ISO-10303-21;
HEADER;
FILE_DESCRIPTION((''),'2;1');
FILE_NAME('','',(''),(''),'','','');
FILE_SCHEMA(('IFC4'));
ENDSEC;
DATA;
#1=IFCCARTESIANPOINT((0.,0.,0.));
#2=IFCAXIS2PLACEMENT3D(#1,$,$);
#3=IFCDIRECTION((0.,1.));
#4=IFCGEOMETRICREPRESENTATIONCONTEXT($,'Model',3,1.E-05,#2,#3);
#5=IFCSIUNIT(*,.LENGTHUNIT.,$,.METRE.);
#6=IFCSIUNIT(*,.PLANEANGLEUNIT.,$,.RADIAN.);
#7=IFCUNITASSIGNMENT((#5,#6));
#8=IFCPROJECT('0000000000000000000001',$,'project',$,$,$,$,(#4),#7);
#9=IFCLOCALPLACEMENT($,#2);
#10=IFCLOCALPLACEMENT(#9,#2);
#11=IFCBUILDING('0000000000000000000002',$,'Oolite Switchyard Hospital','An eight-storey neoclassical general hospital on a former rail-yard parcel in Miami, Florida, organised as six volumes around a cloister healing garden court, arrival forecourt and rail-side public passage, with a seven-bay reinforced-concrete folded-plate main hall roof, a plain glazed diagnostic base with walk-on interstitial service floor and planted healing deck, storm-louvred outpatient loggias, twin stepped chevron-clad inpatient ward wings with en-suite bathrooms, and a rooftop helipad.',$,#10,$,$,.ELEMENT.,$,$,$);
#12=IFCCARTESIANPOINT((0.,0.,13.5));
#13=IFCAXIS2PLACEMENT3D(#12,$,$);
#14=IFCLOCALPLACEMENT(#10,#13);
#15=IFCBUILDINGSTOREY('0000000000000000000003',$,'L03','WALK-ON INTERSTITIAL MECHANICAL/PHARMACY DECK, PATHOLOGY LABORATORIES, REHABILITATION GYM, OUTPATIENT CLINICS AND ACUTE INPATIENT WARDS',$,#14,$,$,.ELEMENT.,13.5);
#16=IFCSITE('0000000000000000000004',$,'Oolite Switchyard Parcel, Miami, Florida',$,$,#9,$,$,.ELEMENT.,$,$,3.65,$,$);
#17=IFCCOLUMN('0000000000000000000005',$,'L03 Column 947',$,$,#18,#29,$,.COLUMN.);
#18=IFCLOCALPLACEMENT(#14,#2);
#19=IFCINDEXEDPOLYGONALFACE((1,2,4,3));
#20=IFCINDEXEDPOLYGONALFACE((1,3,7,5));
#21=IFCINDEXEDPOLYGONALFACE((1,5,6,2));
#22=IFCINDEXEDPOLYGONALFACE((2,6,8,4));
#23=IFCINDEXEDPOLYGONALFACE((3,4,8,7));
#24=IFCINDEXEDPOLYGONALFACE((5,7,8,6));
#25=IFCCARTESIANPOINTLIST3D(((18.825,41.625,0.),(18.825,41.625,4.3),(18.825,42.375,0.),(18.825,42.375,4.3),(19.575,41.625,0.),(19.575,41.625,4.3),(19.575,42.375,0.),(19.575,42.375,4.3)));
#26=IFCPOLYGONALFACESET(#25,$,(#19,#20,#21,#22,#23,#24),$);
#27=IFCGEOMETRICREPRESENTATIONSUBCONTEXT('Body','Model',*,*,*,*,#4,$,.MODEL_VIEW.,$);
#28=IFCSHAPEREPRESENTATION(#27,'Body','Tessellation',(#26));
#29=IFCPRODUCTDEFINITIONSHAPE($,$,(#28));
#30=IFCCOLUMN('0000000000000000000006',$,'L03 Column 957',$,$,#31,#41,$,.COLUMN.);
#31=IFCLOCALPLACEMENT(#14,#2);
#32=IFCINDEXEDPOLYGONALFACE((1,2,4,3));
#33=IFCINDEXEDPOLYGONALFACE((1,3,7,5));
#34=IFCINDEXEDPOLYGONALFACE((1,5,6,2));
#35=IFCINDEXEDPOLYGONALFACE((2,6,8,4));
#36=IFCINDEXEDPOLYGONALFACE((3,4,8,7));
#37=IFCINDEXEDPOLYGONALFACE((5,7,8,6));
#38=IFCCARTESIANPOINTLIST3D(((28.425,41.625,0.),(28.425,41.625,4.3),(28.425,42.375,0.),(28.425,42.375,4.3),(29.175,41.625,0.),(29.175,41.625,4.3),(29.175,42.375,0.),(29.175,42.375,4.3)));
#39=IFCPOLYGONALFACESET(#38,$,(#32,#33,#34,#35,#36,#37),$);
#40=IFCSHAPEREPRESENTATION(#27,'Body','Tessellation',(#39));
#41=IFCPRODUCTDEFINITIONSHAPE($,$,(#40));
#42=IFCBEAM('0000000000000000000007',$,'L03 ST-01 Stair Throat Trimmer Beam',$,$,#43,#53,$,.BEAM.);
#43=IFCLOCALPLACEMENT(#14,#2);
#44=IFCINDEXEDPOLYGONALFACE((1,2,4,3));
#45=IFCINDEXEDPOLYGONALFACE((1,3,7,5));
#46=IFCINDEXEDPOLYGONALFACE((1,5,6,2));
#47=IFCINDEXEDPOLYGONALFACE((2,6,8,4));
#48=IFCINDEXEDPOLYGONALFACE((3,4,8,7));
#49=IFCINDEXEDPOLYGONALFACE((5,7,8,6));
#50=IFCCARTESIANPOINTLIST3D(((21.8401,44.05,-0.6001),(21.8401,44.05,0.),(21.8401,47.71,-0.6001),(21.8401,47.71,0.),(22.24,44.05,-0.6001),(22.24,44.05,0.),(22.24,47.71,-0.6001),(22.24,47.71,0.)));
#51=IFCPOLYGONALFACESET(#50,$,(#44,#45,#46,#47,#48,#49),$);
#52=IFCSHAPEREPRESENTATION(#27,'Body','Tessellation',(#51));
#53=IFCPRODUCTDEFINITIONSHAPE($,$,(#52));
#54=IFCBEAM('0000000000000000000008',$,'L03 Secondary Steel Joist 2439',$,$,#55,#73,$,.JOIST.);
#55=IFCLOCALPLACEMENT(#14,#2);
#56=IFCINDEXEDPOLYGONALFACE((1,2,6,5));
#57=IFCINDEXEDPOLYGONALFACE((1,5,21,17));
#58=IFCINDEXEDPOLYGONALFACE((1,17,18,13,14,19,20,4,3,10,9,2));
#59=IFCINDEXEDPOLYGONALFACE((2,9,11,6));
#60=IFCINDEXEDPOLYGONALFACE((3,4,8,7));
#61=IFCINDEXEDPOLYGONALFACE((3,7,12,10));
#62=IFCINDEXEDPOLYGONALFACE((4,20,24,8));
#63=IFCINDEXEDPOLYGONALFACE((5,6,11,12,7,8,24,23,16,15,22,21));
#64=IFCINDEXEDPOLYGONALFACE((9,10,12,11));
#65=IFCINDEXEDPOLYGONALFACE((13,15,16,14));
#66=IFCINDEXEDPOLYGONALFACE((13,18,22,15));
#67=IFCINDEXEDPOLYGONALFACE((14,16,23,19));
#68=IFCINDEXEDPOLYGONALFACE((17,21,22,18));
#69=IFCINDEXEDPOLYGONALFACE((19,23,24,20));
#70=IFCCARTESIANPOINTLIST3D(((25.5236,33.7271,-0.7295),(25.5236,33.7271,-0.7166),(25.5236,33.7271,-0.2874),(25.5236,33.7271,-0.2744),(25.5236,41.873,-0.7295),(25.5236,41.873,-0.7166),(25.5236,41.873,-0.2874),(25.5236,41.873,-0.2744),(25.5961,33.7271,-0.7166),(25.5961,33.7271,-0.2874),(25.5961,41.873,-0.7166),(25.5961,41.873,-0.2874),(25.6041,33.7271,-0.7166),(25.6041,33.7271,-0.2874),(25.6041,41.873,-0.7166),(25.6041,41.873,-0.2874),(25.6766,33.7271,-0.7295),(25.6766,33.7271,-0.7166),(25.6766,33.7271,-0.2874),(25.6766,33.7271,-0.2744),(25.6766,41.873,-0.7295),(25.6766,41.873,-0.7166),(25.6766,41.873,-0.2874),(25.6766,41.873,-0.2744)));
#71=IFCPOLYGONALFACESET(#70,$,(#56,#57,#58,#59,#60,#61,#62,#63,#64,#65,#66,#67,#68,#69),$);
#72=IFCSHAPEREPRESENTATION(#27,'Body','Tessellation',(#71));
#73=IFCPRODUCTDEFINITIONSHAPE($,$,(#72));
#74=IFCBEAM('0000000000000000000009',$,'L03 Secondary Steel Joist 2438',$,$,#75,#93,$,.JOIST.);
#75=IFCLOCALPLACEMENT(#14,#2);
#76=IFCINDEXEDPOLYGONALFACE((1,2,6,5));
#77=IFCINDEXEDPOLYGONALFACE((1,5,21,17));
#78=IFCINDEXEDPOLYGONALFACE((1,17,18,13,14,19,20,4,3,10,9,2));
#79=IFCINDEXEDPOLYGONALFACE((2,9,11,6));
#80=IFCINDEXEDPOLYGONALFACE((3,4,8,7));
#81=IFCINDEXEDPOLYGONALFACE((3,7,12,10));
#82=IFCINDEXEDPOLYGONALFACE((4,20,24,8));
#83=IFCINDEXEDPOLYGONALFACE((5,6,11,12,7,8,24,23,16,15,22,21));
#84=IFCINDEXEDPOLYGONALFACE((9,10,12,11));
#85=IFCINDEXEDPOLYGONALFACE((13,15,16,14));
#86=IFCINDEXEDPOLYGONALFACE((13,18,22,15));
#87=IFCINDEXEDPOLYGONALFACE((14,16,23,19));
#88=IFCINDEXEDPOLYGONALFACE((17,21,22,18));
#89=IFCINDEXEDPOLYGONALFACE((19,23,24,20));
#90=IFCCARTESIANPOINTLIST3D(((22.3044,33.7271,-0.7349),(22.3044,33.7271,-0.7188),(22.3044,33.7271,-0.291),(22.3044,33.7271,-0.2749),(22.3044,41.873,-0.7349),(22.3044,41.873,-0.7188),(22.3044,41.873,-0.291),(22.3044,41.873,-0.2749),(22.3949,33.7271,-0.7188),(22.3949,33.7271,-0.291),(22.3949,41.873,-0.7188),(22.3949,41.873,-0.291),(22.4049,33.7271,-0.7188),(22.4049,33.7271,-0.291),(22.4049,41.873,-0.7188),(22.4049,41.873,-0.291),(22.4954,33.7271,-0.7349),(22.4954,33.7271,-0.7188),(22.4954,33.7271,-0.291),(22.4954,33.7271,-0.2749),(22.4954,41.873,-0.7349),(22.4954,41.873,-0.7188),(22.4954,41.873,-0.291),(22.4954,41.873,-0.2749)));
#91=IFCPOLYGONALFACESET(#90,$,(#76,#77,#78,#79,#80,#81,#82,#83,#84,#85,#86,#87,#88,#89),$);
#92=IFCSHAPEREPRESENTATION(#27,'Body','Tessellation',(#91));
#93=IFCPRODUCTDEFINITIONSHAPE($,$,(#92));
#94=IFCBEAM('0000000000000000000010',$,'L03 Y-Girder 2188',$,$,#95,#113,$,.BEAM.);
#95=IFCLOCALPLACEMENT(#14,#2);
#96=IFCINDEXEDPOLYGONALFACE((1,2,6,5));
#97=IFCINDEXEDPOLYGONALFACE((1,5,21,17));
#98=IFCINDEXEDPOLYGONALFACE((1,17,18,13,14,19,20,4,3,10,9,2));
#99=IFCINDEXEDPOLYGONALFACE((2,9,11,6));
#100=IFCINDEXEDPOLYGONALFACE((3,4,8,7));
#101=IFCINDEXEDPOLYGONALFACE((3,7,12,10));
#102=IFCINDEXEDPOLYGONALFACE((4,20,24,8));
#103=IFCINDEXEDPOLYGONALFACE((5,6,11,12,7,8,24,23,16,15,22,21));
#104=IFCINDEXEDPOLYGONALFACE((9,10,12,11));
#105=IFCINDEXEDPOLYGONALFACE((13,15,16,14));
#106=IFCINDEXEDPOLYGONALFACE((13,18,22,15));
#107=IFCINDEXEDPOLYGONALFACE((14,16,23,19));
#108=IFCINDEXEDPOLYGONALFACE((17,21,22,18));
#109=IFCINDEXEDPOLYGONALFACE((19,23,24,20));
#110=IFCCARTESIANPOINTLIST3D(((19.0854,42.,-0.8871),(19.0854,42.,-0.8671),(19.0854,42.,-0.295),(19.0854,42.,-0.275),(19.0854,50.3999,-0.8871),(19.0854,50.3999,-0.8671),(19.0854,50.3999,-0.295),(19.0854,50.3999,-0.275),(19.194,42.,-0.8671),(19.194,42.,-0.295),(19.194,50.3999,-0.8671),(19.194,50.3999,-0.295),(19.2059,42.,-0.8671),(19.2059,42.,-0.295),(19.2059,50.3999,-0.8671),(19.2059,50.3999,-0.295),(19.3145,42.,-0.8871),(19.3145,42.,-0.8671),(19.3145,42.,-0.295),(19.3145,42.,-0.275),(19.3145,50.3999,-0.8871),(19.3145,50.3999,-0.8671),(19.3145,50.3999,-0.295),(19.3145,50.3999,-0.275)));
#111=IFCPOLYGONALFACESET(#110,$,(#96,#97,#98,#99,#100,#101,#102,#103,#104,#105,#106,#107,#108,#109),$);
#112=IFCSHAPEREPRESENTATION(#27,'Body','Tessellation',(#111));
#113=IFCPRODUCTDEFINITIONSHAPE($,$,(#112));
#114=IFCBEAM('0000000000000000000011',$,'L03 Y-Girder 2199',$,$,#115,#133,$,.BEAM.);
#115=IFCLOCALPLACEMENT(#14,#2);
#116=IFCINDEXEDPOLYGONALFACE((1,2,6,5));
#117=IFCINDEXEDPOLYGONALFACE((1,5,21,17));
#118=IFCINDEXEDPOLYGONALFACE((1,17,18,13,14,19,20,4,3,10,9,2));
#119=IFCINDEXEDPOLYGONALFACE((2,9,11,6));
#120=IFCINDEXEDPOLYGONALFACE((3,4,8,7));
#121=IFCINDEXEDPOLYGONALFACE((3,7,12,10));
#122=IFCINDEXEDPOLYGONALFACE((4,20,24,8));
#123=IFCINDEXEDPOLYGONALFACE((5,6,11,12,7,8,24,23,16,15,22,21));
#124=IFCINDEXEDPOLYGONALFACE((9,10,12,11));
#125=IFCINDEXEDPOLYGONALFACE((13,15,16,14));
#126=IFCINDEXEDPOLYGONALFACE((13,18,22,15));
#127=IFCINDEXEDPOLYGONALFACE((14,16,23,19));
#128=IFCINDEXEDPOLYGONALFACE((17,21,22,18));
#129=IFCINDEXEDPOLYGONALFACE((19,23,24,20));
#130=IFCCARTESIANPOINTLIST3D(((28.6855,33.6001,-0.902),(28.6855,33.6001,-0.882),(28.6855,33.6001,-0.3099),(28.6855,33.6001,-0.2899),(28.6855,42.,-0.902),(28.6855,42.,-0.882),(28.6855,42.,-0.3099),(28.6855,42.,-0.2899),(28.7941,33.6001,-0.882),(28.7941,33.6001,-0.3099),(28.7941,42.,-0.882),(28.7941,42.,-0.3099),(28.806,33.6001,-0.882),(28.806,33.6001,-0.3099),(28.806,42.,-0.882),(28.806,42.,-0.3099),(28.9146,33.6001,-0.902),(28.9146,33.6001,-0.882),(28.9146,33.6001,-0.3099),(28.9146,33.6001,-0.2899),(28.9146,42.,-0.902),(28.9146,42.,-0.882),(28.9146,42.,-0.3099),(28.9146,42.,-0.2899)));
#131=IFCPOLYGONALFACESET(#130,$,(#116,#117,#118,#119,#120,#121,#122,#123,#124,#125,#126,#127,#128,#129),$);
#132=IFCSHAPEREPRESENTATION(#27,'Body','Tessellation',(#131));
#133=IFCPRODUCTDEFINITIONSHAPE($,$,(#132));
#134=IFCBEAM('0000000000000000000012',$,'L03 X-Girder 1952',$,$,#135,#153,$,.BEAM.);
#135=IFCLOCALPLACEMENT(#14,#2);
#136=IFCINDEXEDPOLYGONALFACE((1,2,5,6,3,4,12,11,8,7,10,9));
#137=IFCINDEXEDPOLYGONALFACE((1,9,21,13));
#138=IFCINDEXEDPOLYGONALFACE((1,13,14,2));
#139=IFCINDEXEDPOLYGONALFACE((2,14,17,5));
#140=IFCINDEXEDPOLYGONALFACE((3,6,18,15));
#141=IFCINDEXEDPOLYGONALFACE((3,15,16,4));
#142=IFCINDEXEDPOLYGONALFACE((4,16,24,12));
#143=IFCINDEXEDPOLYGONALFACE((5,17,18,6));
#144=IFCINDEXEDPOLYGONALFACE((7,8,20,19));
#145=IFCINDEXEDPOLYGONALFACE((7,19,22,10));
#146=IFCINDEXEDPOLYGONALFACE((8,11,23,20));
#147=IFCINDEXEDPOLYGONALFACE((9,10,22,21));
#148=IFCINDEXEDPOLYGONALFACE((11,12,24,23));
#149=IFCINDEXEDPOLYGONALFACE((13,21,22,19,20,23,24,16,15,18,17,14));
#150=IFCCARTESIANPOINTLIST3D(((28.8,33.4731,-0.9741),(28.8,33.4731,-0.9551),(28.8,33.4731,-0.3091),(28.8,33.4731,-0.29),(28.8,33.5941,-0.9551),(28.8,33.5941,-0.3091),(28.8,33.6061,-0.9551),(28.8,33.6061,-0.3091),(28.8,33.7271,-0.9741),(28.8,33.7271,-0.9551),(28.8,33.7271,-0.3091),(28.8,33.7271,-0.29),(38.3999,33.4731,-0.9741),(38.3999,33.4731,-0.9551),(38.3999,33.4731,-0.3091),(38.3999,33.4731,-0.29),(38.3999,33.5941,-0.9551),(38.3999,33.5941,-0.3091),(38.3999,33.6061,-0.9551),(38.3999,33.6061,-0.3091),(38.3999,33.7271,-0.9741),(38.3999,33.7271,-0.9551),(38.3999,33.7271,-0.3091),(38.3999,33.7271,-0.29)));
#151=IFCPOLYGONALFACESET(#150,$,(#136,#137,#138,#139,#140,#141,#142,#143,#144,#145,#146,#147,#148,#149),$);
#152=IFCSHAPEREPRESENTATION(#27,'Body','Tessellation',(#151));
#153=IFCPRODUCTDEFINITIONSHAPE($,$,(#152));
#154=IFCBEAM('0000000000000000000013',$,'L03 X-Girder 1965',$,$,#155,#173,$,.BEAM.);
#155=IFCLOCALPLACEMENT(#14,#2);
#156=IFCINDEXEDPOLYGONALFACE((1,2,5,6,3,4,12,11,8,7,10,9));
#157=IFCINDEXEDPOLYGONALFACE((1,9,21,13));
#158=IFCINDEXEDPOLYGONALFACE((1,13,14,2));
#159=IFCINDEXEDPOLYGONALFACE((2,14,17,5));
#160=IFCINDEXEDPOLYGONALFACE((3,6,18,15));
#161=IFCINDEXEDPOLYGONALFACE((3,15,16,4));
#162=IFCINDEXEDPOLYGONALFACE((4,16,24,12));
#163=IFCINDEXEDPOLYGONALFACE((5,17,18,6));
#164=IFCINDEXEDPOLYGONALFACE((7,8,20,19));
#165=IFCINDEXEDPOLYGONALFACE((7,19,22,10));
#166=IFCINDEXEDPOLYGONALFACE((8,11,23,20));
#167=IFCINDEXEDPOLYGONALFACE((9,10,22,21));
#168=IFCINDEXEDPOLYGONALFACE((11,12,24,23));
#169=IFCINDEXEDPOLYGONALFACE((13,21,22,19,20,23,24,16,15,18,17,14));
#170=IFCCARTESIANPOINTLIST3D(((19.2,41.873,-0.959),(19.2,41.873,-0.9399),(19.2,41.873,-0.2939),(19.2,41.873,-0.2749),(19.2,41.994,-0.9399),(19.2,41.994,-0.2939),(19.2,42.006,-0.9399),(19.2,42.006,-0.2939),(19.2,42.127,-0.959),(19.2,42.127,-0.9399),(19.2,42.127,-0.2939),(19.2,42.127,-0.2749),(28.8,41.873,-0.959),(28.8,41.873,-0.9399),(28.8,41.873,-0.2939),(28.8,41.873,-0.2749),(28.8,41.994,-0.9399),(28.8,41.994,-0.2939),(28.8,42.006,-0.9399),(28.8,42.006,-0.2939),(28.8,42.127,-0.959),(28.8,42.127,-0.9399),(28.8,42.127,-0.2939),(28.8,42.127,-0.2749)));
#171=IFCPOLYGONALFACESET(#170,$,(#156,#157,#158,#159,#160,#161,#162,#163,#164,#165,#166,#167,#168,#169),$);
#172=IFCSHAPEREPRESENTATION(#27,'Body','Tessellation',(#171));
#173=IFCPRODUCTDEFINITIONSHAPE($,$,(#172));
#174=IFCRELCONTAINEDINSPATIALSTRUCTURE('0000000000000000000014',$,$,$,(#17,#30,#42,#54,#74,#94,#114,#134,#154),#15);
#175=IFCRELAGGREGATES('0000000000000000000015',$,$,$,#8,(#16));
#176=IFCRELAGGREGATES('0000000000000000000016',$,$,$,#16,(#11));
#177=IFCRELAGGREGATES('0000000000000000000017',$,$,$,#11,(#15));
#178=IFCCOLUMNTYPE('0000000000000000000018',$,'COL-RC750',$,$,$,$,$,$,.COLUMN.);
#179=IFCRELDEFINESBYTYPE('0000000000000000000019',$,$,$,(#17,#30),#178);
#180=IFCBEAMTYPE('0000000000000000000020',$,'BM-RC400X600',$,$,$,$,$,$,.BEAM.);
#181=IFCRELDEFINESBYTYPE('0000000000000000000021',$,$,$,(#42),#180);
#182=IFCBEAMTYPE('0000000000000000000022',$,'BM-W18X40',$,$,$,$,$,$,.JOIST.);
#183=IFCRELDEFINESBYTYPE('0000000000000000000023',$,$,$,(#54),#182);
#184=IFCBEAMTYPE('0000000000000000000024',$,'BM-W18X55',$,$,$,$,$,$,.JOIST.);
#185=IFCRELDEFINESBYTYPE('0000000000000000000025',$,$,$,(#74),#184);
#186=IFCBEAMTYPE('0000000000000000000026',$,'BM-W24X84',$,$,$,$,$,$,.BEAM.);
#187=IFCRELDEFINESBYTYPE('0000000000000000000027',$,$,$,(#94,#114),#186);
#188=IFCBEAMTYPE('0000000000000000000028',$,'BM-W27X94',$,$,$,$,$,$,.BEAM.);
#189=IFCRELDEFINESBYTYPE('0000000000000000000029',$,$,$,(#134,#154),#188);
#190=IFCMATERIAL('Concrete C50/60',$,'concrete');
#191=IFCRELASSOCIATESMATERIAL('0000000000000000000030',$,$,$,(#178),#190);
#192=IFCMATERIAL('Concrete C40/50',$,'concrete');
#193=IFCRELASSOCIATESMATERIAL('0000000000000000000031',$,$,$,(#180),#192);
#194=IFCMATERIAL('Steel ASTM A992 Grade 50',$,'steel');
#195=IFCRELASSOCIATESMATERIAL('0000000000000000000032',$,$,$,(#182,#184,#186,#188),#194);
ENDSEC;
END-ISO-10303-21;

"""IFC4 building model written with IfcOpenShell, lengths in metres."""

from ifc_helpers import new_model, si_unit, direction, frame, origin, origin_2d, place, context, subcontext, project, spatial, rectangle, i_section, extrude, material, material_profile, profile_set, type_object, element, save


model = new_model("IFC4")

# Units and contexts
model_context = context("Model", 3, precision=1e-05, world=origin(), true_north=direction((0.0, 1.0)))
body_context = subcontext(model_context, "Body", "Model", "MODEL_VIEW")
ifc_project = project(units=[si_unit("LENGTHUNIT", "METRE"), si_unit("PLANEANGLEUNIT", "RADIAN")], contexts=[model_context])

# Site, building, storey
site_placement = place(None, origin())
site = spatial("IfcSite", under=ifc_project, at=site_placement, Name="Oolite Switchyard Parcel, Miami, Florida", CompositionType="ELEMENT", RefElevation=3.65)
building_placement = place(site_placement, origin())
building = spatial("IfcBuilding", under=site, at=building_placement, Name="Oolite Switchyard Hospital", Description="An eight-storey neoclassical general hospital on a former rail-yard parcel in Miami, Florida, organised as six volumes around a cloister healing garden court, arrival forecourt and rail-side public passage, with a seven-bay reinforced-concrete folded-plate main hall roof, a plain glazed diagnostic base with walk-on interstitial service floor and planted healing deck, storm-louvred outpatient loggias, twin stepped chevron-clad inpatient ward wings with en-suite bathrooms, and a rooftop helipad.", CompositionType="ELEMENT")
storey_placement = place(building_placement, frame((0.0, 0.0, 13.5)))
storey = spatial("IfcBuildingStorey", under=building, at=storey_placement, Name="L03", Description="WALK-ON INTERSTITIAL MECHANICAL/PHARMACY DECK, PATHOLOGY LABORATORIES, REHABILITATION GYM, OUTPATIENT CLINICS AND ACUTE INPATIENT WARDS", CompositionType="ELEMENT", Elevation=13.5)

# Columns
ifc_material_1 = material(Name="Concrete C50/60", Category="concrete")
ifc_material_profile_1 = material_profile(ifc_material_1, rectangle(XDim=0.75, YDim=0.75, at=origin_2d()), Name="RC750X750")
ifc_profile_set_1 = profile_set([ifc_material_profile_1], Name="Concrete C50/60")
column_type = type_object("IfcColumnType", Name="COL-RC750", PredefinedType="COLUMN", material=ifc_profile_set_1)
for number, where, z_axis, x_axis, name in (
    (1, (19.2, 42.0, 0.0), (0.0, 0.0, 1.0), (1.0, 0.0, 0.0), "L03 Column 947"),
    (2, (28.8, 42.0, 0.0), (0.0, 0.0, 1.0), (1.0, 0.0, 0.0), "L03 Column 957"),
):
    element("IfcColumn", number, at=place(storey_placement, frame(where, z_axis=z_axis, x_axis=x_axis)), inside=storey, type_object=column_type, Name=name, PredefinedType="COLUMN", context=body_context, shape_type="SweptSolid", body=[
        extrude(rectangle(XDim=0.75, YDim=0.75, at=origin_2d()), origin(), (0.0, 0.0, 1.0), 4.3),
    ])

# Beams
ifc_material_2 = material(Name="Concrete C40/50", Category="concrete")
ifc_material_profile_2 = material_profile(ifc_material_2, rectangle(XDim=0.3999, YDim=0.6001, at=origin_2d()), Name="RCB400X600")
ifc_profile_set_2 = profile_set([ifc_material_profile_2], Name="Concrete C40/50")
beam_type_1 = type_object("IfcBeamType", Name="BM-RC400X600", PredefinedType="BEAM", material=ifc_profile_set_2)
beam_1_placement = place(storey_placement, frame((22.04, 44.05, -0.3), z_axis=(0.0, 1.0, 0.0), x_axis=(-1.0, 0.0, 0.0)))
element("IfcBeam", 3, at=beam_1_placement, inside=storey, type_object=beam_type_1, Name="L03 ST-01 Stair Throat Trimmer Beam", PredefinedType="BEAM", context=body_context, shape_type="SweptSolid", body=[
    extrude(rectangle(XDim=0.3999, YDim=0.6001, at=origin_2d()), origin(), (0.0, 0.0, 1.0), 3.6599),
])
ifc_material_3 = material(Name="Steel ASTM A992 Grade 50", Category="steel")
ifc_material_profile_3 = material_profile(ifc_material_3, i_section(OverallWidth=0.1531, OverallDepth=0.4551, WebThickness=0.0081, FlangeThickness=0.0129, at=origin_2d()), Name="W18X40")
ifc_profile_set_3 = profile_set([ifc_material_profile_3], Name="Steel ASTM A992 Grade 50")
beam_type_2 = type_object("IfcBeamType", Name="BM-W18X40", PredefinedType="JOIST", material=ifc_profile_set_3)
beam_2_placement = place(storey_placement, frame((25.6001, 33.7271, -0.502), z_axis=(0.0, 1.0, 0.0), x_axis=(-1.0, 0.0, 0.0)))
element("IfcBeam", 4, at=beam_2_placement, inside=storey, type_object=beam_type_2, Name="L03 Secondary Steel Joist 2439", PredefinedType="JOIST", context=body_context, shape_type="SweptSolid", body=[
    extrude(i_section(OverallWidth=0.1531, OverallDepth=0.4551, WebThickness=0.0081, FlangeThickness=0.0129, at=origin_2d()), origin(), (0.0, 0.0, 1.0), 8.146),
])
ifc_material_profile_4 = material_profile(ifc_material_3, i_section(OverallWidth=0.1909, OverallDepth=0.46, WebThickness=0.01, FlangeThickness=0.0161, at=origin_2d()), Name="W18X55")
ifc_profile_set_4 = profile_set([ifc_material_profile_4], Name="Steel ASTM A992 Grade 50")
beam_type_3 = type_object("IfcBeamType", Name="BM-W18X55", PredefinedType="JOIST", material=ifc_profile_set_4)
beam_3_placement = place(storey_placement, frame((22.3999, 33.7271, -0.5049), z_axis=(0.0, 1.0, 0.0), x_axis=(-1.0, 0.0, 0.0)))
element("IfcBeam", 5, at=beam_3_placement, inside=storey, type_object=beam_type_3, Name="L03 Secondary Steel Joist 2438", PredefinedType="JOIST", context=body_context, shape_type="SweptSolid", body=[
    extrude(i_section(OverallWidth=0.1909, OverallDepth=0.46, WebThickness=0.01, FlangeThickness=0.0161, at=origin_2d()), origin(), (0.0, 0.0, 1.0), 8.146),
])
ifc_material_profile_5 = material_profile(ifc_material_3, i_section(OverallWidth=0.229, OverallDepth=0.6121, WebThickness=0.012, FlangeThickness=0.02, at=origin_2d()), Name="W24X84")
ifc_profile_set_5 = profile_set([ifc_material_profile_5], Name="Steel ASTM A992 Grade 50")
beam_type_4 = type_object("IfcBeamType", Name="BM-W24X84", PredefinedType="BEAM", material=ifc_profile_set_5)
for number, where, z_axis, x_axis, name in (
    (6, (19.2, 42.0, -0.5811), (0.0, 1.0, 0.0), (-1.0, 0.0, 0.0), "L03 Y-Girder 2188"),
    (7, (28.8, 33.6001, -0.5959), (0.0, 1.0, 0.0), (-1.0, 0.0, 0.0), "L03 Y-Girder 2199"),
):
    element("IfcBeam", number, at=place(storey_placement, frame(where, z_axis=z_axis, x_axis=x_axis)), inside=storey, type_object=beam_type_4, Name=name, PredefinedType="BEAM", context=body_context, shape_type="SweptSolid", body=[
        extrude(i_section(OverallWidth=0.229, OverallDepth=0.6121, WebThickness=0.012, FlangeThickness=0.02, at=origin_2d()), origin(), (0.0, 0.0, 1.0), 8.3999),
    ])
ifc_material_profile_6 = material_profile(ifc_material_3, i_section(OverallWidth=0.2539, OverallDepth=0.6841, WebThickness=0.012, FlangeThickness=0.019, at=origin_2d()), Name="W27X94")
ifc_profile_set_6 = profile_set([ifc_material_profile_6], Name="Steel ASTM A992 Grade 50")
beam_type_5 = type_object("IfcBeamType", Name="BM-W27X94", PredefinedType="BEAM", material=ifc_profile_set_6)
beam_4_placement = place(storey_placement, frame((28.8, 33.6001, -0.6321), z_axis=(1.0, 0.0, 0.0), x_axis=(0.0, 1.0, 0.0)))
element("IfcBeam", 8, at=beam_4_placement, inside=storey, type_object=beam_type_5, Name="L03 X-Girder 1952", PredefinedType="BEAM", context=body_context, shape_type="SweptSolid", body=[
    extrude(i_section(OverallWidth=0.2539, OverallDepth=0.6841, WebThickness=0.012, FlangeThickness=0.019, at=origin_2d()), origin(), (0.0, 0.0, 1.0), 9.5999),
])
beam_5_placement = place(storey_placement, frame((19.2, 42.0, -0.6169), z_axis=(1.0, 0.0, 0.0), x_axis=(0.0, 1.0, 0.0)))
element("IfcBeam", 9, at=beam_5_placement, inside=storey, type_object=beam_type_5, Name="L03 X-Girder 1965", PredefinedType="BEAM", context=body_context, shape_type="SweptSolid", body=[
    extrude(i_section(OverallWidth=0.2539, OverallDepth=0.6841, WebThickness=0.012, FlangeThickness=0.019, at=origin_2d()), origin(), (0.0, 0.0, 1.0), 9.6001),
])

save(model, "model.ifc")
